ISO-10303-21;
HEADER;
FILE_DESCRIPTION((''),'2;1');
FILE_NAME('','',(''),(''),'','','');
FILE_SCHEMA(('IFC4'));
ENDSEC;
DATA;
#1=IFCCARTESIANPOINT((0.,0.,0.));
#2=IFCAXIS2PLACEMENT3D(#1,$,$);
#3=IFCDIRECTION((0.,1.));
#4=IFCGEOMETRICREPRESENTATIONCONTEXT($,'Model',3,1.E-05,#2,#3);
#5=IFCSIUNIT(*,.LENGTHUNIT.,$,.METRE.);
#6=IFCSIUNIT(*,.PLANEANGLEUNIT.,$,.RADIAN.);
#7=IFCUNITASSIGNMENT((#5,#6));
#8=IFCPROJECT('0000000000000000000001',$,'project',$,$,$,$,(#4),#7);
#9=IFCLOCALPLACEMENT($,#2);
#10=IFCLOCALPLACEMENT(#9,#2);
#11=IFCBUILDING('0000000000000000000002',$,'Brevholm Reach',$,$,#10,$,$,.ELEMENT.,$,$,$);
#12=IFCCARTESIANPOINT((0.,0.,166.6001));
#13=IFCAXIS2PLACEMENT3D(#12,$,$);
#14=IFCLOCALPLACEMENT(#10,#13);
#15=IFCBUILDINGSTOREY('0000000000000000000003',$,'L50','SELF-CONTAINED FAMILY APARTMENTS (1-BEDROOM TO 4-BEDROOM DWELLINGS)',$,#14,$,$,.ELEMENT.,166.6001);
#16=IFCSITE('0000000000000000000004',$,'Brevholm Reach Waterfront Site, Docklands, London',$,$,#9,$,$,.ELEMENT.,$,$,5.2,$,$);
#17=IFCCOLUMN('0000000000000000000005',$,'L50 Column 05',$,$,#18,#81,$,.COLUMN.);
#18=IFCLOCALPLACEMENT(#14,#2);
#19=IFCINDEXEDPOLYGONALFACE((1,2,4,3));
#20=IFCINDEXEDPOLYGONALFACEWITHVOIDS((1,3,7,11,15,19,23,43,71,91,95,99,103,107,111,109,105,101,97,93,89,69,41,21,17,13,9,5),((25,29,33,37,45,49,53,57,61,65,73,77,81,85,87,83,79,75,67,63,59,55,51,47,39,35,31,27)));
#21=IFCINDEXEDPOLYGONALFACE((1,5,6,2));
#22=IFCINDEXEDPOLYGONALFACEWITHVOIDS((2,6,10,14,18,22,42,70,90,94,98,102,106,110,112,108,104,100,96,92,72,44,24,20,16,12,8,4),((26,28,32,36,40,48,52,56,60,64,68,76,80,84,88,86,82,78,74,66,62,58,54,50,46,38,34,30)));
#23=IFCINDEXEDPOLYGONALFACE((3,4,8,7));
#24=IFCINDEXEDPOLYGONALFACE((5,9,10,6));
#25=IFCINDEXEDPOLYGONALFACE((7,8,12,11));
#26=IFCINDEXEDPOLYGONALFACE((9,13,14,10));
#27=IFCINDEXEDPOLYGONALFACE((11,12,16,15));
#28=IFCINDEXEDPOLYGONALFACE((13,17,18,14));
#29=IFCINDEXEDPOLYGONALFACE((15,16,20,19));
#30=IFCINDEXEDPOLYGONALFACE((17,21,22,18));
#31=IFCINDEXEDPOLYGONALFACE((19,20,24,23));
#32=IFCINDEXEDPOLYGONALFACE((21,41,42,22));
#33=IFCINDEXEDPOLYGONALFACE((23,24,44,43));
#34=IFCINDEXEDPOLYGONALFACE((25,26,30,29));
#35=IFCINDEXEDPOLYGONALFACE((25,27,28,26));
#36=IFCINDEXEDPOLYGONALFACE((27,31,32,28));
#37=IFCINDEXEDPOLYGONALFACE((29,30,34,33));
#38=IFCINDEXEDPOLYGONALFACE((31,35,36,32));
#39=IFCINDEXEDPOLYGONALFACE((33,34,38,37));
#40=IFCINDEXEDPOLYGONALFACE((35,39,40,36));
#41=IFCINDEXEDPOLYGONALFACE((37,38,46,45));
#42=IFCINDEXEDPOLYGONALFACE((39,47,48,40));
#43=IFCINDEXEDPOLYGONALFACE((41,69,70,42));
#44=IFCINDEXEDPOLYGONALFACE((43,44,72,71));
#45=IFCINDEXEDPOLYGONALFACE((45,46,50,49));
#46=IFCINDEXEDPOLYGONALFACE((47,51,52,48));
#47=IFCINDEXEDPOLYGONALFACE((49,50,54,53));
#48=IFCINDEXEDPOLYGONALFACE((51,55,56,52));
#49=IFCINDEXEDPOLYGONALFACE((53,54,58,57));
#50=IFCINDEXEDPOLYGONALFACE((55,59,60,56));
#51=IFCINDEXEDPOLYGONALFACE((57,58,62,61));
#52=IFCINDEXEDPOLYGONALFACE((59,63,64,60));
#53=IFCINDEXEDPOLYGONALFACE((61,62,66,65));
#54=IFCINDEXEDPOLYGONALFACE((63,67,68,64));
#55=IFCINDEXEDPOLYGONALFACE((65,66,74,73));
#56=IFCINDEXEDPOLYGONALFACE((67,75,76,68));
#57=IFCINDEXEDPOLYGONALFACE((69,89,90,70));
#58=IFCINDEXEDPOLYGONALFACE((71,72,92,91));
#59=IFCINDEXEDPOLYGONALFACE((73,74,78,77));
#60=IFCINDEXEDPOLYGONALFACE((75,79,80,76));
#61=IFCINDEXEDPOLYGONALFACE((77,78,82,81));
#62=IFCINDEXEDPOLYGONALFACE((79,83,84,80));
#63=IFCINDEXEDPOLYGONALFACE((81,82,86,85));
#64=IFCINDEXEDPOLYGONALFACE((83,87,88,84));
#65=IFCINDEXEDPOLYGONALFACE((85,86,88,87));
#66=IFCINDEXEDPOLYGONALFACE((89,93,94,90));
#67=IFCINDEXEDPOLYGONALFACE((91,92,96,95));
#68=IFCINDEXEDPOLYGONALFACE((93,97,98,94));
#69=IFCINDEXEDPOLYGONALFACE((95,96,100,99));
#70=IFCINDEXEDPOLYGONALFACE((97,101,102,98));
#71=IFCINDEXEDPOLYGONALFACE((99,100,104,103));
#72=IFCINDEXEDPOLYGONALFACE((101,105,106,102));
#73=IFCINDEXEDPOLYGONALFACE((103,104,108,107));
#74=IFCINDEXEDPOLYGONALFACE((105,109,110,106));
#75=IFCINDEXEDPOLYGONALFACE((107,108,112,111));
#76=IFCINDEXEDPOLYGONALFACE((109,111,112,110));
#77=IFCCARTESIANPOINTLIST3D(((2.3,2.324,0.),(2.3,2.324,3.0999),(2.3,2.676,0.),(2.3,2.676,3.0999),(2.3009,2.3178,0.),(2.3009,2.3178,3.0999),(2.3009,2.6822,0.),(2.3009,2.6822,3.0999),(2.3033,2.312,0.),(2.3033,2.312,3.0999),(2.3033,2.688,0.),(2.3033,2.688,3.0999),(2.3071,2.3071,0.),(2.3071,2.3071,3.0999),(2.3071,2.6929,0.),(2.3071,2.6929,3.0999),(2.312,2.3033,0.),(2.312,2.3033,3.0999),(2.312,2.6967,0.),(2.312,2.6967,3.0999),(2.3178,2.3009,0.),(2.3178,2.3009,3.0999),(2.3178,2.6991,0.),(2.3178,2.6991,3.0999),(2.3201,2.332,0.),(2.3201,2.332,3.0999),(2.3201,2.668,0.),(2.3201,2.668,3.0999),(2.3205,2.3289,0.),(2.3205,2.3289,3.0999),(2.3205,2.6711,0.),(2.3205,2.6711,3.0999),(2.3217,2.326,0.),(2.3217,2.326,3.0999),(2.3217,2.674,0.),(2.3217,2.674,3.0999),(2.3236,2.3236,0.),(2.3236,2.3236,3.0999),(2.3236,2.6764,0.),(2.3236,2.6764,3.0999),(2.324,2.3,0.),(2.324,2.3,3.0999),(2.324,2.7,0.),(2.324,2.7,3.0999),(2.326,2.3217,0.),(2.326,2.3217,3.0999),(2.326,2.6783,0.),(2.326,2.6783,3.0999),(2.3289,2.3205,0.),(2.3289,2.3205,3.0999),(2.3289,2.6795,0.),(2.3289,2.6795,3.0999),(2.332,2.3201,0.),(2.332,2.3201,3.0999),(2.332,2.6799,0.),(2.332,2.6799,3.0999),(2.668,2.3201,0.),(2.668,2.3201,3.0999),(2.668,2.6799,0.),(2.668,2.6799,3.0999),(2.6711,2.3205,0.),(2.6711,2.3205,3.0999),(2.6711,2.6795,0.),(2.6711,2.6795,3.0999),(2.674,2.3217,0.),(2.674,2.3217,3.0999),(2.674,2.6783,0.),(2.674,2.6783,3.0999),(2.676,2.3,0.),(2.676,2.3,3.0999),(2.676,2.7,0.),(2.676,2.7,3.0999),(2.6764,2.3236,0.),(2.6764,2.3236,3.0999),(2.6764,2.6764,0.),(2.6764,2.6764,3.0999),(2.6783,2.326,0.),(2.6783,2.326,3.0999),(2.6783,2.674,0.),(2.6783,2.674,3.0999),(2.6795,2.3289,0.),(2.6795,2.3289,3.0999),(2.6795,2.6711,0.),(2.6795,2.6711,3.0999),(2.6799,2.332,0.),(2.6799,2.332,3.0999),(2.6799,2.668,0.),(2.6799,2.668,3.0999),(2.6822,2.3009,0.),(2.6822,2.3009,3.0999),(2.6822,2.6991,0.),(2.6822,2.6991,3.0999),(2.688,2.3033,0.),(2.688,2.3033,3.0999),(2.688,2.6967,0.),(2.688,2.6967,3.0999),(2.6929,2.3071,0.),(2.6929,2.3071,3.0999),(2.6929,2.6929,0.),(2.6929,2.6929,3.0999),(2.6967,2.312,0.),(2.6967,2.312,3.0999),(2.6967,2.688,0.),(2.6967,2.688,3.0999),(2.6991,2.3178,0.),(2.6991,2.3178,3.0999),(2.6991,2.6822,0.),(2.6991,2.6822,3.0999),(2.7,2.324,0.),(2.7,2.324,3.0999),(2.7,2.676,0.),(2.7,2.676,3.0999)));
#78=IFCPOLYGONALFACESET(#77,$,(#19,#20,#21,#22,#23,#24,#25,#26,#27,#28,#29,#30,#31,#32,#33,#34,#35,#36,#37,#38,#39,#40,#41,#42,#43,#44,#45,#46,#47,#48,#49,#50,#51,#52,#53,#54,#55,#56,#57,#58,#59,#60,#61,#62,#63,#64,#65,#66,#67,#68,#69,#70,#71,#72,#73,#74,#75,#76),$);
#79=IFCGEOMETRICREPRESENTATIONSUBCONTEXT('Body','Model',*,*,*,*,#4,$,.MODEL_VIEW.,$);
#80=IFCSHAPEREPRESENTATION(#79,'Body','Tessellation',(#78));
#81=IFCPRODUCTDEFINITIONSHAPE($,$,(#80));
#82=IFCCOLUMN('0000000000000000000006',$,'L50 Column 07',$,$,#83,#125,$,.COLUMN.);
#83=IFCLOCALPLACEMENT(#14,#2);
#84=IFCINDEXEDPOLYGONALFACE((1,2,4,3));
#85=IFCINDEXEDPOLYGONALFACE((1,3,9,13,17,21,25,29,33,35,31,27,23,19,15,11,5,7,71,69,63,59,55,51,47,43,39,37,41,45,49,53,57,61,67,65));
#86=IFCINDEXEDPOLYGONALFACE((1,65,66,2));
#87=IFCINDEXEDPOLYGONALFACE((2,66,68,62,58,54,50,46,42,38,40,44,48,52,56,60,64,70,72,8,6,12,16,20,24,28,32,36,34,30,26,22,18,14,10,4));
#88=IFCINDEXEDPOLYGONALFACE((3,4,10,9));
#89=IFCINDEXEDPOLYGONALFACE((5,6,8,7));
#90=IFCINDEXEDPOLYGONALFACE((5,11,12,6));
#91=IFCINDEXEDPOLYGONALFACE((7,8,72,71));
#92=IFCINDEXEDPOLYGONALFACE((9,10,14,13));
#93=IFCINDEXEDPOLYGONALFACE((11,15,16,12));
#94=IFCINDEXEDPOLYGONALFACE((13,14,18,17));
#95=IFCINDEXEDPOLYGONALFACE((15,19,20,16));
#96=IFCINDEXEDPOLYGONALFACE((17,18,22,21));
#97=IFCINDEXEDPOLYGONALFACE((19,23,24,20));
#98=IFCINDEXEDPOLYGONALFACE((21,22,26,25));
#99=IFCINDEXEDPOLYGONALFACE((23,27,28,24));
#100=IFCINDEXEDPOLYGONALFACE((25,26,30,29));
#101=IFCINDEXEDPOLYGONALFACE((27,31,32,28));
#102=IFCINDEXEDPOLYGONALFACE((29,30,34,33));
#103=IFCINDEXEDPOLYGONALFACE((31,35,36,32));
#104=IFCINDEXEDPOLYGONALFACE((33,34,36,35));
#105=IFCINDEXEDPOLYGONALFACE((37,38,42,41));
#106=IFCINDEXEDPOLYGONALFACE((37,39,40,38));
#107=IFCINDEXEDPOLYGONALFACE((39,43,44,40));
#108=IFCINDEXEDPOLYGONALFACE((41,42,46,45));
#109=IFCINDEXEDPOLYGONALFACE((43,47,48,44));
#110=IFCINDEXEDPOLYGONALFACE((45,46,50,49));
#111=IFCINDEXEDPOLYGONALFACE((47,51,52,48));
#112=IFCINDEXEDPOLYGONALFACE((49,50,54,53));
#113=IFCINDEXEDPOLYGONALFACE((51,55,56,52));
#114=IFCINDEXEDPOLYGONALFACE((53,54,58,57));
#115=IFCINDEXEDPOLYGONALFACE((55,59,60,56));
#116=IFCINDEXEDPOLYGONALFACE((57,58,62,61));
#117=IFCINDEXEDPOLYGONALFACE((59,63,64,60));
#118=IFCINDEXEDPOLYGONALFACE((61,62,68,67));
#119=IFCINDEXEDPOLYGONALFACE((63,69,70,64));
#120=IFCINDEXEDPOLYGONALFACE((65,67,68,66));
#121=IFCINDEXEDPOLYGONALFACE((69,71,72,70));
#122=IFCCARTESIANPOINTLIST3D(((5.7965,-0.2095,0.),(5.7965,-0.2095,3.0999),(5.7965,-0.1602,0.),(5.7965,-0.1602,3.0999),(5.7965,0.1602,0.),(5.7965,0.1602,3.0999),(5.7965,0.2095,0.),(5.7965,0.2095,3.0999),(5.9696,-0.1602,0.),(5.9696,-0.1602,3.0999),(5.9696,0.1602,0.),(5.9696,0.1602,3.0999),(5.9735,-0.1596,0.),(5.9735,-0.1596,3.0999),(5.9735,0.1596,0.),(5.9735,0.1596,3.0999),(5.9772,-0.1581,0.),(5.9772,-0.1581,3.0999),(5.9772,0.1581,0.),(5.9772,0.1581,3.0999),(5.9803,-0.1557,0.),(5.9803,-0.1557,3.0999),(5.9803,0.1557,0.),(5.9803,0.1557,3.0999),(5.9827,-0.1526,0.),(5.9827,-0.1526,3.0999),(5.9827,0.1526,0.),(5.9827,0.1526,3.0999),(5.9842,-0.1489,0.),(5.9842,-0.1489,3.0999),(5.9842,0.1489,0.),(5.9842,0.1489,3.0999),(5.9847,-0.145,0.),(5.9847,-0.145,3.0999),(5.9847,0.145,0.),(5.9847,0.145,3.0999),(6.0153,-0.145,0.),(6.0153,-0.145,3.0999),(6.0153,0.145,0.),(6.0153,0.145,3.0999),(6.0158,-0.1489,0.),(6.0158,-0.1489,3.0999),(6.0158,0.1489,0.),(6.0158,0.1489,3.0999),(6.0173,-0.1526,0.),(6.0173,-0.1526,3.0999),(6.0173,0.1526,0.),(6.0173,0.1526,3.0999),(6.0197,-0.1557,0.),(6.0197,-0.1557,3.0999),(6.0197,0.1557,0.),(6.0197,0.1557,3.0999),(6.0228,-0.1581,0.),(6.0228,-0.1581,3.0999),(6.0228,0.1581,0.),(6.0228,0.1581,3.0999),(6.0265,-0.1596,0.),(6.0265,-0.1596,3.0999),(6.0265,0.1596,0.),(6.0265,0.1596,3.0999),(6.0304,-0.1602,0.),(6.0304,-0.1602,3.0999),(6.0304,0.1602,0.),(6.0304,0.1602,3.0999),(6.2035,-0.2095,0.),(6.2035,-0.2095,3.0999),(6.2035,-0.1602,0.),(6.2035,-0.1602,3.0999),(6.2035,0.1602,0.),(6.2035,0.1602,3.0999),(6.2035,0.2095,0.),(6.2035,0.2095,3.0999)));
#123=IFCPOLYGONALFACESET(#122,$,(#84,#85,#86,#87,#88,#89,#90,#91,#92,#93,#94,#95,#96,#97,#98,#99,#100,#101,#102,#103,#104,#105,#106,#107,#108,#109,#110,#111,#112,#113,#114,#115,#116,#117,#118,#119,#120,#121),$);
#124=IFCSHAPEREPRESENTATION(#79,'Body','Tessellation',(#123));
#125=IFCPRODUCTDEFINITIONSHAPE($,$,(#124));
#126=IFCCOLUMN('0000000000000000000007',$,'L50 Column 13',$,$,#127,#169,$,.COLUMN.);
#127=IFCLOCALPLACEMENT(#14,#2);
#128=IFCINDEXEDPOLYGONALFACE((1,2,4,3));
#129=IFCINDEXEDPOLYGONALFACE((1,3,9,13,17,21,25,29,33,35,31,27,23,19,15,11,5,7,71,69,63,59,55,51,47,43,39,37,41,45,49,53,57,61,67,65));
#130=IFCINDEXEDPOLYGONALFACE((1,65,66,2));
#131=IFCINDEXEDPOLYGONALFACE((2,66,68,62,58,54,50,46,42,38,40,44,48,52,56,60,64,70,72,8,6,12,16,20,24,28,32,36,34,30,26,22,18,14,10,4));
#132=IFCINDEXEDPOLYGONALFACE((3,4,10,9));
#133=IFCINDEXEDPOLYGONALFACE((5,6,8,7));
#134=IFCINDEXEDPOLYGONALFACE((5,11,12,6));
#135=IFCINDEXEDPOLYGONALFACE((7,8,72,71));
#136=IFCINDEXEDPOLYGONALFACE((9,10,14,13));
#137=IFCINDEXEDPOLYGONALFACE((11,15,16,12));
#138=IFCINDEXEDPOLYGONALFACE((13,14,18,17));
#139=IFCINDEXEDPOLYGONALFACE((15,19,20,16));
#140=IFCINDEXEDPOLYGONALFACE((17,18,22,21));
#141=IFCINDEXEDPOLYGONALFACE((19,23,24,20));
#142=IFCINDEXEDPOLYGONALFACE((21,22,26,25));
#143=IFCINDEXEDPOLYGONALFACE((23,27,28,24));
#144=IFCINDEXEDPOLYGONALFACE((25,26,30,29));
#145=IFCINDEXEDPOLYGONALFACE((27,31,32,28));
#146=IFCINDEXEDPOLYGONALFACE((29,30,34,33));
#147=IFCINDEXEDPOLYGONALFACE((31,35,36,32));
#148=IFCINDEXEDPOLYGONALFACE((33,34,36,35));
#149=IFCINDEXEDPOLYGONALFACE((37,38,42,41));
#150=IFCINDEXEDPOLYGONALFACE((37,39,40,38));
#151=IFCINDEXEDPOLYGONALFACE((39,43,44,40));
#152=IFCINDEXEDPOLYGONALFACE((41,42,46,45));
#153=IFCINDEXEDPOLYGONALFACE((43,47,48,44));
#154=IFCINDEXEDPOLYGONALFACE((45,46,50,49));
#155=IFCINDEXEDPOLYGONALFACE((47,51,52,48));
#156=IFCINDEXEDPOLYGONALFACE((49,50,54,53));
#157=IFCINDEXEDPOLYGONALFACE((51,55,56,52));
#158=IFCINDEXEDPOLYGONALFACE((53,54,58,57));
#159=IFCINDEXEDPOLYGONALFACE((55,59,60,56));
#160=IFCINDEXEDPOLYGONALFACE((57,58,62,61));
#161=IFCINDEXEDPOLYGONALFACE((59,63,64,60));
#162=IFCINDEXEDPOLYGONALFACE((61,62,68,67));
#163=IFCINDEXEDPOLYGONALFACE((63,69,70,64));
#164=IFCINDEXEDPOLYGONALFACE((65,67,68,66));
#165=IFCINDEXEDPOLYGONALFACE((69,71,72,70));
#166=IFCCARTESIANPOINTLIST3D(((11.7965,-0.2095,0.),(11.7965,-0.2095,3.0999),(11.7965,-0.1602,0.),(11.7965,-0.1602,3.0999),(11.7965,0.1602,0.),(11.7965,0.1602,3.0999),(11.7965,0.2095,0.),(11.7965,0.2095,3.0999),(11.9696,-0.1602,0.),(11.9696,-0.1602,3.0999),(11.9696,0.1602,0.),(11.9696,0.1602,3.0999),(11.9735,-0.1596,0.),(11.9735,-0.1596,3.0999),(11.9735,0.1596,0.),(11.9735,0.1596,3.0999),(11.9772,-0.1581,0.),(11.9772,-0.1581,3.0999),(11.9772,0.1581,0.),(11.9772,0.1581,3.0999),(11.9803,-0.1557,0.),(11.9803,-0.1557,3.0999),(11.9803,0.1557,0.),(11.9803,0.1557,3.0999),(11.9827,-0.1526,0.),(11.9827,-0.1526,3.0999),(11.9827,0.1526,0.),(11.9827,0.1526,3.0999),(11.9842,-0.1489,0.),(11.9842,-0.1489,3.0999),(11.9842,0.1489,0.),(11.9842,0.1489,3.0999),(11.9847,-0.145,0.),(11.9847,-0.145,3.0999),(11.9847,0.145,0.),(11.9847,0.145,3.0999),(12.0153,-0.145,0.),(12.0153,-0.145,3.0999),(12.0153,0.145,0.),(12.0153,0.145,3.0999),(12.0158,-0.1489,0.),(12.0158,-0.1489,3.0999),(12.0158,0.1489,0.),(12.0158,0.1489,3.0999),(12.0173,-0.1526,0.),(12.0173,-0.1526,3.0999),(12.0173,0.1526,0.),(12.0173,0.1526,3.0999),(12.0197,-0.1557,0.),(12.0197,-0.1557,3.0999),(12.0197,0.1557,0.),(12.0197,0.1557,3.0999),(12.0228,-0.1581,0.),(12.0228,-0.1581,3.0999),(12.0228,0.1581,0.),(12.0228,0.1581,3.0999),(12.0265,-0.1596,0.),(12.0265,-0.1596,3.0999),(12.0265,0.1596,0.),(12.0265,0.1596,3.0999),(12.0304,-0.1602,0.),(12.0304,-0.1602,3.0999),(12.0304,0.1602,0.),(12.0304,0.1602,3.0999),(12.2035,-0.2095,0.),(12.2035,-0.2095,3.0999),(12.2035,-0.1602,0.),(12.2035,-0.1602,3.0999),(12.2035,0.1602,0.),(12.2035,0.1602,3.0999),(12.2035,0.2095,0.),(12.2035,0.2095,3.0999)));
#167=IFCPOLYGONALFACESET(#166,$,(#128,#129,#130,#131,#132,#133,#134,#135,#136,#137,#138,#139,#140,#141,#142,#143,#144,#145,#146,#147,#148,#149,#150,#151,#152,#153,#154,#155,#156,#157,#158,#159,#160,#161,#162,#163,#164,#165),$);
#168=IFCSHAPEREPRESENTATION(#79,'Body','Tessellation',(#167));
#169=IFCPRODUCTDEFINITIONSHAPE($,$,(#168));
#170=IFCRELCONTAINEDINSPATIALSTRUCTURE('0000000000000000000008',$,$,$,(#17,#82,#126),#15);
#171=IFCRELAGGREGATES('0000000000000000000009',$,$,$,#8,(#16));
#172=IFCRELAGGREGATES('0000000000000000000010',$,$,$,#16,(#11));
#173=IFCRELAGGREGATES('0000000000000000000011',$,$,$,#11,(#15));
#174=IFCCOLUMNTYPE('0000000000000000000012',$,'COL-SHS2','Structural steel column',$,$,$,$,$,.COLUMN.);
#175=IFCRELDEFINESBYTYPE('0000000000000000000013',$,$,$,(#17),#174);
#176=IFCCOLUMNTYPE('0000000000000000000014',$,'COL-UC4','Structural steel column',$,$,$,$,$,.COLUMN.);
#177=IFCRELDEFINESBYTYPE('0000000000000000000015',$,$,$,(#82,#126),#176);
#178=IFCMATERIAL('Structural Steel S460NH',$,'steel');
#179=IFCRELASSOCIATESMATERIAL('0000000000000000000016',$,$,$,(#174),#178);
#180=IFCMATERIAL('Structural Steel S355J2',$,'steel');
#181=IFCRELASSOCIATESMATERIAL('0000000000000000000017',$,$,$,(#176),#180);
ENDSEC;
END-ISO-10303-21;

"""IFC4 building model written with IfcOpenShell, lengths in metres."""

from ifc_helpers import new_model, si_unit, direction, frame, origin, origin_2d, place, context, subcontext, project, spatial, hollow_rectangle, i_section, extrude, material, material_profile, profile_set, type_object, element, save


model = new_model("IFC4")

# Units and contexts
model_context = context("Model", 3, precision=1e-05, world=origin(), true_north=direction((0.0, 1.0)))
body_context = subcontext(model_context, "Body", "Model", "MODEL_VIEW")
ifc_project = project(units=[si_unit("LENGTHUNIT", "METRE"), si_unit("PLANEANGLEUNIT", "RADIAN")], contexts=[model_context])

# Site, building, storey
site_placement = place(None, origin())
site = spatial("IfcSite", under=ifc_project, at=site_placement, Name="Brevholm Reach Waterfront Site, Docklands, London", CompositionType="ELEMENT", RefElevation=5.2)
building_placement = place(site_placement, origin())
building = spatial("IfcBuilding", under=site, at=building_placement, Name="Brevholm Reach", CompositionType="ELEMENT")
storey_placement = place(building_placement, frame((0.0, 0.0, 166.6001)))
storey = spatial("IfcBuildingStorey", under=building, at=storey_placement, Name="L50", Description="SELF-CONTAINED FAMILY APARTMENTS (1-BEDROOM TO 4-BEDROOM DWELLINGS)", CompositionType="ELEMENT", Elevation=166.6001)

# Columns
ifc_material_1 = material(Name="Structural Steel S460NH", Category="steel")
ifc_material_profile_1 = material_profile(ifc_material_1, hollow_rectangle(XDim=0.3999, YDim=0.3999, WallThickness=0.02, InnerFilletRadius=0.012, OuterFilletRadius=0.0239, at=origin_2d()), Name="SHS 400x400x20")
ifc_profile_set_1 = profile_set([ifc_material_profile_1], Name="Structural Steel S460NH")
column_type_1 = type_object("IfcColumnType", Name="COL-SHS2", Description="Structural steel column", PredefinedType="COLUMN", material=ifc_profile_set_1)
column_placement = place(storey_placement, frame((2.5, 2.5, 0.0), z_axis=(0.0, 0.0, 1.0), x_axis=(1.0, 0.0, 0.0)))
element("IfcColumn", 1, at=column_placement, inside=storey, type_object=column_type_1, Name="L50 Column 05", PredefinedType="COLUMN", context=body_context, shape_type="SweptSolid", body=[
    extrude(hollow_rectangle(XDim=0.3999, YDim=0.3999, WallThickness=0.02, InnerFilletRadius=0.012, OuterFilletRadius=0.0239, at=origin_2d()), origin(), (0.0, 0.0, 1.0), 3.0999),
])
ifc_material_2 = material(Name="Structural Steel S355J2", Category="steel")
ifc_material_profile_2 = material_profile(ifc_material_2, i_section(OverallWidth=0.407, OverallDepth=0.4189, WebThickness=0.0305, FlangeThickness=0.0493, FilletRadius=0.0151, at=origin_2d()), Name="UKC 356x406x393")
ifc_profile_set_2 = profile_set([ifc_material_profile_2], Name="Structural Steel S355J2")
column_type_2 = type_object("IfcColumnType", Name="COL-UC4", Description="Structural steel column", PredefinedType="COLUMN", material=ifc_profile_set_2)
for number, where, z_axis, x_axis, name in (
    (2, (6.0, 0.0, 0.0), (0.0, 0.0, 1.0), (1.0, 0.0, 0.0), "L50 Column 07"),
    (3, (12.0, 0.0, 0.0), (0.0, 0.0, 1.0), (1.0, 0.0, 0.0), "L50 Column 13"),
):
    element("IfcColumn", number, at=place(storey_placement, frame(where, z_axis=z_axis, x_axis=x_axis)), inside=storey, type_object=column_type_2, Name=name, PredefinedType="COLUMN", context=body_context, shape_type="SweptSolid", body=[
        extrude(i_section(OverallWidth=0.407, OverallDepth=0.4189, WebThickness=0.0305, FlangeThickness=0.0493, FilletRadius=0.0151, at=origin_2d()), origin(), (0.0, 0.0, 1.0), 3.0999),
    ])

save(model, "model.ifc")
